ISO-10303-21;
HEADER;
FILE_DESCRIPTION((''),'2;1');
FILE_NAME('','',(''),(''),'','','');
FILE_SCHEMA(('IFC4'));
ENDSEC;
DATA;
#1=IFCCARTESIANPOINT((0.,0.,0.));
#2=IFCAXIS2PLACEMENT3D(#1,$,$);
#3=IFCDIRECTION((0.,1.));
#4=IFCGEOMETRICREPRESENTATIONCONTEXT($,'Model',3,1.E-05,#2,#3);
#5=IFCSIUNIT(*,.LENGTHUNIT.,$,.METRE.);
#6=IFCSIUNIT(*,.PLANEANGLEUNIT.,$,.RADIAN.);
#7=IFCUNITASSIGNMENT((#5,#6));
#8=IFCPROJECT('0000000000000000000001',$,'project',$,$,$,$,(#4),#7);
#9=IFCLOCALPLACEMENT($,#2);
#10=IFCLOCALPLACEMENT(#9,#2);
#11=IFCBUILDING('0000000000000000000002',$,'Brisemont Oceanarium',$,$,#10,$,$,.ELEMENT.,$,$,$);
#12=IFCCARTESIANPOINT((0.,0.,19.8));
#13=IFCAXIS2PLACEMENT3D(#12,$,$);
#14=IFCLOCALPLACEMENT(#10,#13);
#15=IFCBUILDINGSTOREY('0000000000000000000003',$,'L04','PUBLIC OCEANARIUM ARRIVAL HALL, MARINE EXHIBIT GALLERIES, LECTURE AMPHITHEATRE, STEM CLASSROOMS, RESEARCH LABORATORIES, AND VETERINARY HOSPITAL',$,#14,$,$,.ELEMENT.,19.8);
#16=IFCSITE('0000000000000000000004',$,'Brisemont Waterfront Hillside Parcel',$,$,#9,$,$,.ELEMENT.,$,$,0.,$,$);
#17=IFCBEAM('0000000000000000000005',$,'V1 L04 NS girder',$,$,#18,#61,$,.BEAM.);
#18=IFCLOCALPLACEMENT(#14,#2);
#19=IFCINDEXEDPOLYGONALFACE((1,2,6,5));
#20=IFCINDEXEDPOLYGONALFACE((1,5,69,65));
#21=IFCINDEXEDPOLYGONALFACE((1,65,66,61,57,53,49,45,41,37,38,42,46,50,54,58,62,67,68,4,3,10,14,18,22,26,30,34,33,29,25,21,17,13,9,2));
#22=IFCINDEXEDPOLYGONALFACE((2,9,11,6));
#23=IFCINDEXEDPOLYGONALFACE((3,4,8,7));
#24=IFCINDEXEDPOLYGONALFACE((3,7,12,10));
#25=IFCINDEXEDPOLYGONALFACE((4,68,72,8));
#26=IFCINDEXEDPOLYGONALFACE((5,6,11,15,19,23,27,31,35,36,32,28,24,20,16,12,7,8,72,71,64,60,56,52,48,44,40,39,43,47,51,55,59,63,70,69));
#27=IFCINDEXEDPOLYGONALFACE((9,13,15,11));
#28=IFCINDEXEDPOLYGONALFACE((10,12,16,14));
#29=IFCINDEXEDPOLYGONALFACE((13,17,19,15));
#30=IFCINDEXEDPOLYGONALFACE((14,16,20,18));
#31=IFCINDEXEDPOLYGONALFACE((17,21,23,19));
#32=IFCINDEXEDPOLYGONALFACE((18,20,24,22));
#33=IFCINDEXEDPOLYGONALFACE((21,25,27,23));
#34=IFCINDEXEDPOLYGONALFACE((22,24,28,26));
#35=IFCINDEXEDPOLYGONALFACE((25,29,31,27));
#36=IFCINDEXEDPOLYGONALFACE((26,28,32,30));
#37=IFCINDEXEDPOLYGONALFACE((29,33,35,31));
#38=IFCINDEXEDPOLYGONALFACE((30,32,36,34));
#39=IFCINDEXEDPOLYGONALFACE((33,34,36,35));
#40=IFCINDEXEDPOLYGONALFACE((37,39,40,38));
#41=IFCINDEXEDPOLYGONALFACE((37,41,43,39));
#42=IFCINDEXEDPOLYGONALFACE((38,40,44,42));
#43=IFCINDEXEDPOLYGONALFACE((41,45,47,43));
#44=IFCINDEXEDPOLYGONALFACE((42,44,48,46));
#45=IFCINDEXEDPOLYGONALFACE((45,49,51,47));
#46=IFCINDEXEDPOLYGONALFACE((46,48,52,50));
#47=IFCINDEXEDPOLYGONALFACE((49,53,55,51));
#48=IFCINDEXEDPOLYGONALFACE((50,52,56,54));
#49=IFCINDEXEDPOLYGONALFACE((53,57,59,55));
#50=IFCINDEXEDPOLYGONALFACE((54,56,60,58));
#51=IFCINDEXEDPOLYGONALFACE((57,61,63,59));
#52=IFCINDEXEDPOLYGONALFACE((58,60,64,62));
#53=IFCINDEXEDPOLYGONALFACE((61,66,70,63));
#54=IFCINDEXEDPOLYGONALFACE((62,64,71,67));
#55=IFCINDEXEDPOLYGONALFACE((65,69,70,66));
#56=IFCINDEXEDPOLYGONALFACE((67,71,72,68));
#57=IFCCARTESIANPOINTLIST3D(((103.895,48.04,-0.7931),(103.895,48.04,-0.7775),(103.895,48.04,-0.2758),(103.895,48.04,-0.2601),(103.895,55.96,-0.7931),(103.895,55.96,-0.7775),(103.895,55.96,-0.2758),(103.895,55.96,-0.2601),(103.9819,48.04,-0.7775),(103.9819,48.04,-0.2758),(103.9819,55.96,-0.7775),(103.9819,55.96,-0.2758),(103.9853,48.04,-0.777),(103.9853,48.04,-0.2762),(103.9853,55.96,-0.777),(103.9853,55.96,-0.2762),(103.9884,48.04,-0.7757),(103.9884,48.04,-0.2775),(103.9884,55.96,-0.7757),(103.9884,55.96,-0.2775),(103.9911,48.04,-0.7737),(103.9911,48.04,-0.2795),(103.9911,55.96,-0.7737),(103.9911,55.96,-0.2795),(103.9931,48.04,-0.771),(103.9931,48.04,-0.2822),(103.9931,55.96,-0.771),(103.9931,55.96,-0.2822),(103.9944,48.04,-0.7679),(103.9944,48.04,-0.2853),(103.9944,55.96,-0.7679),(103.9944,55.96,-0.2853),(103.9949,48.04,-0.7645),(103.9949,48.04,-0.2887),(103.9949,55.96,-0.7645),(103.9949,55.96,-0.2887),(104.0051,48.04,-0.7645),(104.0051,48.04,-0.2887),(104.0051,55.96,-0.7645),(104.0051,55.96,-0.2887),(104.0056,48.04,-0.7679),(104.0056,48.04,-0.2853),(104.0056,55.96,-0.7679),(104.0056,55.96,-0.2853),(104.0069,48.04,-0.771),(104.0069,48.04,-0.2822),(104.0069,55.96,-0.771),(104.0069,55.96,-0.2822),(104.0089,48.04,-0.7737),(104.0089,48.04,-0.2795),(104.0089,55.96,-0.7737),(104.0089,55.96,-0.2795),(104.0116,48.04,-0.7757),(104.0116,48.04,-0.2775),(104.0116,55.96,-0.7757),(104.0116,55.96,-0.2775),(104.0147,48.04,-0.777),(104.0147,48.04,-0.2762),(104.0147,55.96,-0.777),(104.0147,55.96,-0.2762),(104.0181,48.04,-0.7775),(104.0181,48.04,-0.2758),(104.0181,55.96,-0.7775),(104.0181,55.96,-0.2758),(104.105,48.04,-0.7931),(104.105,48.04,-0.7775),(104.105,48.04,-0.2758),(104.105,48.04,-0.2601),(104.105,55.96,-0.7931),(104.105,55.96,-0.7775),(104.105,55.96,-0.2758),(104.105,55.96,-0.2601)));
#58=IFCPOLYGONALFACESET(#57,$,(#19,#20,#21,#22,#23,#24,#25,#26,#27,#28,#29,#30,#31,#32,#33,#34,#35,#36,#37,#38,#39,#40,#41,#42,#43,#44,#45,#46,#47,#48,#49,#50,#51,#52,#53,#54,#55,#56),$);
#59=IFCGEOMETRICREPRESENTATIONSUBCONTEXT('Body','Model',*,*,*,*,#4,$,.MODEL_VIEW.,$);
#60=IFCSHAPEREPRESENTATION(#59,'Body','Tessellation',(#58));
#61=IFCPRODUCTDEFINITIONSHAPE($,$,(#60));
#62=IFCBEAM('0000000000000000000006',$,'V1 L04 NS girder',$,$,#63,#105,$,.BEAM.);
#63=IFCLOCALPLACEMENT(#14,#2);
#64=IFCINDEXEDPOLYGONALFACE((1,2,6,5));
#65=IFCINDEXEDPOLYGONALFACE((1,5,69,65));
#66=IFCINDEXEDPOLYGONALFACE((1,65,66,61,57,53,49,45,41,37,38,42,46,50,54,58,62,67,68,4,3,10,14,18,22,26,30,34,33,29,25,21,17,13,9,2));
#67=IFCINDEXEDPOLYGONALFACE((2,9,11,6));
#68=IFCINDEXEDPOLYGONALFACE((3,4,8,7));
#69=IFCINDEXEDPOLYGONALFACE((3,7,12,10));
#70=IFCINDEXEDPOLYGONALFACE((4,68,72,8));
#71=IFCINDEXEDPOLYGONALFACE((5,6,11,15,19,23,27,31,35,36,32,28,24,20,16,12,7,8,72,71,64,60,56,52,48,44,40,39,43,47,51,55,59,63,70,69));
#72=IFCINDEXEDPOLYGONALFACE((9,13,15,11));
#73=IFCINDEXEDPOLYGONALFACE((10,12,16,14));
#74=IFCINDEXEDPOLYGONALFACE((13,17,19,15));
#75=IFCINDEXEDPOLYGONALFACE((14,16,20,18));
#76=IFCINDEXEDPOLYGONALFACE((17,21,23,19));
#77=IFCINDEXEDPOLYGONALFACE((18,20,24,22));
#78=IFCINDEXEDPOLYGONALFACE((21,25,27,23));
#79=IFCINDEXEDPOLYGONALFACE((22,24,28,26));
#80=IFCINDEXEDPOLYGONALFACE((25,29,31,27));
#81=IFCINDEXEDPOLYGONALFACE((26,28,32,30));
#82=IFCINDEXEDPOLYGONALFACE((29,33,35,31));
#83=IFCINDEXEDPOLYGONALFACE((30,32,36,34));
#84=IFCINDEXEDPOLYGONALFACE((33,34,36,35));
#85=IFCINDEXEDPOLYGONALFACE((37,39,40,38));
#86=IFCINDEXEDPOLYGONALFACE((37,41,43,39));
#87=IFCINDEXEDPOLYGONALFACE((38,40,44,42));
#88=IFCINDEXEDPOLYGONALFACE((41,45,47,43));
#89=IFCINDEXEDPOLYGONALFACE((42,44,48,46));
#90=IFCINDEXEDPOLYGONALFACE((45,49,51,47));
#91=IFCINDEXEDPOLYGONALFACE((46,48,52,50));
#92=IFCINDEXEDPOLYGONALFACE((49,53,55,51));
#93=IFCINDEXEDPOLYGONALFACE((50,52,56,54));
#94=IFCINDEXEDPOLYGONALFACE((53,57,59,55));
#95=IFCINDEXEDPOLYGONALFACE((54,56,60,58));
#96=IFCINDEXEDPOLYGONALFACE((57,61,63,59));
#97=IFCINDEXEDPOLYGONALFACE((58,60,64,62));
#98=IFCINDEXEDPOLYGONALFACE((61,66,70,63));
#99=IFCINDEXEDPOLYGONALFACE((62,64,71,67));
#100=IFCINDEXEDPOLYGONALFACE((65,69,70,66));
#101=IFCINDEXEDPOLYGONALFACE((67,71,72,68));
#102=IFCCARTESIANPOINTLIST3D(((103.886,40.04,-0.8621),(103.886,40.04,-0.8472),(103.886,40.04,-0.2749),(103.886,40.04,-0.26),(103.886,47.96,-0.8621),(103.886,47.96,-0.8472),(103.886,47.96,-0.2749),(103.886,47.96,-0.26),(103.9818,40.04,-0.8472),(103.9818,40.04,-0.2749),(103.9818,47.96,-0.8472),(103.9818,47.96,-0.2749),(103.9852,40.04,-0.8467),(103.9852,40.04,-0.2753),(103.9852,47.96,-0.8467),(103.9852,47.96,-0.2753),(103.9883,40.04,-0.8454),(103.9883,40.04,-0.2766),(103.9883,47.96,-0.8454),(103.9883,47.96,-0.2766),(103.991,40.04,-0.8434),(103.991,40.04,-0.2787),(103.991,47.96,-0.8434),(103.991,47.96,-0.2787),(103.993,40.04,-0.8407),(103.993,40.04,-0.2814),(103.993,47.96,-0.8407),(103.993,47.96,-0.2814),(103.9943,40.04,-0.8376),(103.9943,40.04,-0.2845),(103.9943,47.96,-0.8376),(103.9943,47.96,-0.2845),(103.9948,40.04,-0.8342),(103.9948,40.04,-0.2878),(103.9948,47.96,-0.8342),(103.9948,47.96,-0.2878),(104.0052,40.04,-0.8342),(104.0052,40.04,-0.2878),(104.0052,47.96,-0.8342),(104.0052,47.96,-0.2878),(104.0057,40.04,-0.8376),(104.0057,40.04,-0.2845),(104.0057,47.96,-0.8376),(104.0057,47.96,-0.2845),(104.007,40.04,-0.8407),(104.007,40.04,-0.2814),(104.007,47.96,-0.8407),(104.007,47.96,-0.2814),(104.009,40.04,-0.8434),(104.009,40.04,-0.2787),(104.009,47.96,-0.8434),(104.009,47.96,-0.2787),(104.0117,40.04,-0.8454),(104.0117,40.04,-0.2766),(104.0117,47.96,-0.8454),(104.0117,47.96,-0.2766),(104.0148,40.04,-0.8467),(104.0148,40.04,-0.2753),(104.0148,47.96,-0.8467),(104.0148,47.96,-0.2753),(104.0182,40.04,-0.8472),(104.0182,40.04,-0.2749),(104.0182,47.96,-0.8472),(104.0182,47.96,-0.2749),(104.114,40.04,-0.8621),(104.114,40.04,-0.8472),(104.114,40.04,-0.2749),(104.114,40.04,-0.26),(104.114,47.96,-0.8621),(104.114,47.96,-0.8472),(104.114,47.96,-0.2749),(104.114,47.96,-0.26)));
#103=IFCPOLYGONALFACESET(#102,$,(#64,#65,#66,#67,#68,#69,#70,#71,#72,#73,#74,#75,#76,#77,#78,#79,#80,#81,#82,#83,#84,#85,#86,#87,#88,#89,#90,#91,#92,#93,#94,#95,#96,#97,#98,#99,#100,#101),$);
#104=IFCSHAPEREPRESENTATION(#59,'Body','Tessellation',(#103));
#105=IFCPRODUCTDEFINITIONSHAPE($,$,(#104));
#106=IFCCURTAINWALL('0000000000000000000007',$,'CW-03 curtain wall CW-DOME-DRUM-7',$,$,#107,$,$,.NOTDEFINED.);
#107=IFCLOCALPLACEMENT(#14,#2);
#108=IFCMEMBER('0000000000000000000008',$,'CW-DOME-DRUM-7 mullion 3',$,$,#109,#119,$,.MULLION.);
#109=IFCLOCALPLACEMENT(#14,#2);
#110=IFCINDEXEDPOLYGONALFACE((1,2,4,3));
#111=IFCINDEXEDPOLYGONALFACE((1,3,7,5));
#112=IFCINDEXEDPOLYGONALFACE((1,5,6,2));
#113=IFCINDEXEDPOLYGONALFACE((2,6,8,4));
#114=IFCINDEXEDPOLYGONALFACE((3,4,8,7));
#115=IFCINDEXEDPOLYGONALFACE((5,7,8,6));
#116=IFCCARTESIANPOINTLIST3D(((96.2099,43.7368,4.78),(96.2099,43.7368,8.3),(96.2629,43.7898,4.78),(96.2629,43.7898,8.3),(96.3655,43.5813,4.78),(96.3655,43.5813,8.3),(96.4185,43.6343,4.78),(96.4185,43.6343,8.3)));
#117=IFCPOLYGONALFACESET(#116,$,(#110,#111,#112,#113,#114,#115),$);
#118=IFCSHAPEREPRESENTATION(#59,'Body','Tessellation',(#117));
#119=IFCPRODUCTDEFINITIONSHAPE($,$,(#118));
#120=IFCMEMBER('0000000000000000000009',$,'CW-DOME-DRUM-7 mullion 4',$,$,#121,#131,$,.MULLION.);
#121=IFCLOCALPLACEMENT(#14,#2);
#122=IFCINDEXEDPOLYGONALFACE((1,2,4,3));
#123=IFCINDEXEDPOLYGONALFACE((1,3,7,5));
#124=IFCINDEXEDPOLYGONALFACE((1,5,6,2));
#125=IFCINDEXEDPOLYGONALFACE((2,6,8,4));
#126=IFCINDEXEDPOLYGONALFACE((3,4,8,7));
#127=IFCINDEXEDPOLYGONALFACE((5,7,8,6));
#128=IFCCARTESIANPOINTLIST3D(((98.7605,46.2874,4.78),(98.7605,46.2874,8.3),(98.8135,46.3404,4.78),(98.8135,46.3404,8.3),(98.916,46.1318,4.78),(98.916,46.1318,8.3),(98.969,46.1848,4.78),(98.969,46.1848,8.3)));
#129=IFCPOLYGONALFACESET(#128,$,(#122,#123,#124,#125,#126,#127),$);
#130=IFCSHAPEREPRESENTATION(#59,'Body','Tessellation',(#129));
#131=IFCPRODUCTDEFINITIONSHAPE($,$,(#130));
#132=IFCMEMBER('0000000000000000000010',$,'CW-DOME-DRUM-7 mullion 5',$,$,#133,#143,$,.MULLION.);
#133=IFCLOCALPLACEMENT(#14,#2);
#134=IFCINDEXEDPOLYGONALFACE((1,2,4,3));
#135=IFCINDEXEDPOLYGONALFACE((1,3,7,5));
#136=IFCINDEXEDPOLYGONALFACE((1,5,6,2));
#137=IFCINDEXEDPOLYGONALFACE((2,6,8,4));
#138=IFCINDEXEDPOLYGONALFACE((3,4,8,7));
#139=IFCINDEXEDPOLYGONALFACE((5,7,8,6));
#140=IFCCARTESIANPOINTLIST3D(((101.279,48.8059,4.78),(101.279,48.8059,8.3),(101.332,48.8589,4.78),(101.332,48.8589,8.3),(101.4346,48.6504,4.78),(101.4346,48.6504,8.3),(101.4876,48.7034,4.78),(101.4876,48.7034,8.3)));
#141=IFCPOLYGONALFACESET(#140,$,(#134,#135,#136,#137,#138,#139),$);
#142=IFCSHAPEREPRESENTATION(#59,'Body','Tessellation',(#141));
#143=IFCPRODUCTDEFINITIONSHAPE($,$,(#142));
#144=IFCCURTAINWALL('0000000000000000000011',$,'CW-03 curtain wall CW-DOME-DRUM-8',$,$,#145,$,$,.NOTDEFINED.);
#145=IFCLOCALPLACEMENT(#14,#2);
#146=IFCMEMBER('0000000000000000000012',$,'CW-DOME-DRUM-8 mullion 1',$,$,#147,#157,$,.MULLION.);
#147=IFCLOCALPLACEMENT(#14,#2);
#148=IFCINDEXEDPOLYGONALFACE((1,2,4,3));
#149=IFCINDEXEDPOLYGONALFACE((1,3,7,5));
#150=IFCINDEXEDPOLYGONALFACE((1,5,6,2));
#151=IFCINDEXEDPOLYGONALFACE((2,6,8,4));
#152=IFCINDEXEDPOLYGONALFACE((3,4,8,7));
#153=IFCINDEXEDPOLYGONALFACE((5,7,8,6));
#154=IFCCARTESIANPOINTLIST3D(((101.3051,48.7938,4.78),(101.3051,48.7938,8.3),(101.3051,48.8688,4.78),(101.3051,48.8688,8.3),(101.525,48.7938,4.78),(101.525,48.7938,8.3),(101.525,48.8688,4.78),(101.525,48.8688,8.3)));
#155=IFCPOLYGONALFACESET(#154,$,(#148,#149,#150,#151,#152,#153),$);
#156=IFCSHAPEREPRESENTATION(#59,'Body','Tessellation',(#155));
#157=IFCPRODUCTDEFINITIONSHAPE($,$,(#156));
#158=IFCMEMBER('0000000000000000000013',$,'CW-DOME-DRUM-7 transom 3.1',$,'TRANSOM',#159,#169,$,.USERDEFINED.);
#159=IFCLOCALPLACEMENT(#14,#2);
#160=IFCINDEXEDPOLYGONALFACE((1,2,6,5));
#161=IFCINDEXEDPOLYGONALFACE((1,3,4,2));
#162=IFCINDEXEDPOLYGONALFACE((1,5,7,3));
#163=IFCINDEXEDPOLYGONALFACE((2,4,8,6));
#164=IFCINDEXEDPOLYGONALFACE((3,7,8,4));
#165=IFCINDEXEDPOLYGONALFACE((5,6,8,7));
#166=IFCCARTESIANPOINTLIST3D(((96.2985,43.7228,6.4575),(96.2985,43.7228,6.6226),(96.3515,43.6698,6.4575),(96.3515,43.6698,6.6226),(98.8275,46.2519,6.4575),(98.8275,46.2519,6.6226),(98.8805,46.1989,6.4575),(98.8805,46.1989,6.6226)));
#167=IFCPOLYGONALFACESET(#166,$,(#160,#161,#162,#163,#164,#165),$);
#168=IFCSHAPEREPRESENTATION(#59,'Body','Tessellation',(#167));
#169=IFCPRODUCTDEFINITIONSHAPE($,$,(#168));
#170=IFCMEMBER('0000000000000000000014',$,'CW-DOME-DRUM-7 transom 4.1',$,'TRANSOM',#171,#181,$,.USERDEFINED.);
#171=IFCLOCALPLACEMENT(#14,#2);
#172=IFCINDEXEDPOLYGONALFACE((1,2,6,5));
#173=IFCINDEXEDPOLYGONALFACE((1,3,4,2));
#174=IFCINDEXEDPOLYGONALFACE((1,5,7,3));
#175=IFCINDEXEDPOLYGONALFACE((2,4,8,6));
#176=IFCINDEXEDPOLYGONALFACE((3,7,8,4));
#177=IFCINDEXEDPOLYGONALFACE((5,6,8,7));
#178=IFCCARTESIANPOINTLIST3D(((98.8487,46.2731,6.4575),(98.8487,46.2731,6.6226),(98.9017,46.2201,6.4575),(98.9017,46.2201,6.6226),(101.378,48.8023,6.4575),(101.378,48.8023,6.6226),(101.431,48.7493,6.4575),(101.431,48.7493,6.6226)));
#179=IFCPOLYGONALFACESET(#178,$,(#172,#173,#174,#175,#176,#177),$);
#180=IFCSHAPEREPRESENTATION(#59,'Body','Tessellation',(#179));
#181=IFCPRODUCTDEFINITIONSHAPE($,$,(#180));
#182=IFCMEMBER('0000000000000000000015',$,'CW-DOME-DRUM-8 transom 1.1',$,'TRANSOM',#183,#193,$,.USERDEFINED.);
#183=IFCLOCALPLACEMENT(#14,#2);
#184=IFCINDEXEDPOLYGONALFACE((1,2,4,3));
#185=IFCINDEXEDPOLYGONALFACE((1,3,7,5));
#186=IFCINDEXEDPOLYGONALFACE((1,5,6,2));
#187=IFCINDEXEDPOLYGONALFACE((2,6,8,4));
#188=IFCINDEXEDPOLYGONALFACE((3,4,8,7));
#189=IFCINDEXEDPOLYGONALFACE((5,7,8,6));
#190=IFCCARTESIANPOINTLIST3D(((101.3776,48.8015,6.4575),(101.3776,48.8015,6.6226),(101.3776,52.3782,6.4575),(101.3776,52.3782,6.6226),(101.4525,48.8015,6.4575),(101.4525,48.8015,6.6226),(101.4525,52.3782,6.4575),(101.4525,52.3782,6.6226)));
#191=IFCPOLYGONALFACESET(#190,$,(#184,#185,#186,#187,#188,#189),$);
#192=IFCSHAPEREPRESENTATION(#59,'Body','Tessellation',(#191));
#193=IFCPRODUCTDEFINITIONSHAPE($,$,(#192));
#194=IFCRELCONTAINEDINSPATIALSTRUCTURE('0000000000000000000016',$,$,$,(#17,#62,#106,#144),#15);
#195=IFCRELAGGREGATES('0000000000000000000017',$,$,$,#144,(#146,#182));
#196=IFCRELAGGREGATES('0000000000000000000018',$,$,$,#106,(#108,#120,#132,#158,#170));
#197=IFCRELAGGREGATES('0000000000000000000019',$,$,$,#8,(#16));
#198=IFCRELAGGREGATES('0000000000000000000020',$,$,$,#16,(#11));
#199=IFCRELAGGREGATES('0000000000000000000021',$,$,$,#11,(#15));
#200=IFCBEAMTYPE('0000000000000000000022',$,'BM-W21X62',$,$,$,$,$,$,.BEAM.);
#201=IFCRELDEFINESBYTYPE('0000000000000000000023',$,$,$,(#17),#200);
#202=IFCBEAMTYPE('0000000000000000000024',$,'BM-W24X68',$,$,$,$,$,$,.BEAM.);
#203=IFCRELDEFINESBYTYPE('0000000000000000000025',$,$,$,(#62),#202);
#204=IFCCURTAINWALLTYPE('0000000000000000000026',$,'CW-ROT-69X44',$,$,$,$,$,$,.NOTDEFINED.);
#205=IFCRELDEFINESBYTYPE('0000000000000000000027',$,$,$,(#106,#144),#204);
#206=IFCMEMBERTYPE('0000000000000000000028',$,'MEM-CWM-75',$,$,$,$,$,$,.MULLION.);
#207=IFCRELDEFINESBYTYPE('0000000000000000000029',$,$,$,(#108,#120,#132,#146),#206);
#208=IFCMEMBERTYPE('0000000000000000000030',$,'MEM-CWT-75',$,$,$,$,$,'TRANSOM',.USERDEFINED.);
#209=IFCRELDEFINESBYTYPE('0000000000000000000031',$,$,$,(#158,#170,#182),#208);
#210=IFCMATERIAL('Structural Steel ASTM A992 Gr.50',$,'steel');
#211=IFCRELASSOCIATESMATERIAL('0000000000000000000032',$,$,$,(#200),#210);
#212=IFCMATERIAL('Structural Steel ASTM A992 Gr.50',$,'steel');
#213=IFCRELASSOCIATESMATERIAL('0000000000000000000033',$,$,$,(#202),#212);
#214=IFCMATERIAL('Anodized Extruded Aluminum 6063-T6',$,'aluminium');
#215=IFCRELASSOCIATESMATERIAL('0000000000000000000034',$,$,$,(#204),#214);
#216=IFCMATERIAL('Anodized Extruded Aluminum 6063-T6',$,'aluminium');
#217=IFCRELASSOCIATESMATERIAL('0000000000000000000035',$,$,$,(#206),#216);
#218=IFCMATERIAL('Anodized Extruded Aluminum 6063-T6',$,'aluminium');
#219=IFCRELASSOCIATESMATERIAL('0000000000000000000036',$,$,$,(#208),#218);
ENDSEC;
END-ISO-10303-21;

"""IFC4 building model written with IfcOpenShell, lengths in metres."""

from ifc_helpers import new_model, si_unit, direction, frame, origin, origin_2d, place, context, subcontext, project, spatial, rectangle, i_section, extrude, material, material_profile, profile_set, type_object, element, aggregate, save


model = new_model("IFC4")

# Units and contexts
model_context = context("Model", 3, precision=1e-05, world=origin(), true_north=direction((0.0, 1.0)))
body_context = subcontext(model_context, "Body", "Model", "MODEL_VIEW")
ifc_project = project(units=[si_unit("LENGTHUNIT", "METRE"), si_unit("PLANEANGLEUNIT", "RADIAN")], contexts=[model_context])

# Site, building, storey
site_placement = place(None, origin())
site = spatial("IfcSite", under=ifc_project, at=site_placement, Name="Brisemont Waterfront Hillside Parcel", CompositionType="ELEMENT", RefElevation=0.0)
building_placement = place(site_placement, origin())
building = spatial("IfcBuilding", under=site, at=building_placement, Name="Brisemont Oceanarium", CompositionType="ELEMENT")
storey_placement = place(building_placement, frame((0.0, 0.0, 19.8)))
storey = spatial("IfcBuildingStorey", under=building, at=storey_placement, Name="L04", Description="PUBLIC OCEANARIUM ARRIVAL HALL, MARINE EXHIBIT GALLERIES, LECTURE AMPHITHEATRE, STEM CLASSROOMS, RESEARCH LABORATORIES, AND VETERINARY HOSPITAL", CompositionType="ELEMENT", Elevation=19.8)

# Beams
ifc_material_1 = material(Name="Structural Steel ASTM A992 Gr.50", Category="steel")
ifc_material_profile_1 = material_profile(ifc_material_1, i_section(OverallWidth=0.21, OverallDepth=0.533, WebThickness=0.0103, FlangeThickness=0.0156, FilletRadius=0.0129, at=origin_2d()), Name="W21X62")
ifc_profile_set_1 = profile_set([ifc_material_profile_1], Name="Structural Steel ASTM A992 Gr.50")
beam_type_1 = type_object("IfcBeamType", Name="BM-W21X62", PredefinedType="BEAM", material=ifc_profile_set_1)
beam_1_placement = place(storey_placement, frame((104.0, 48.04, -0.5266), z_axis=(0.0, 1.0, 0.0), x_axis=(-1.0, 0.0, 0.0)))
element("IfcBeam", 1, at=beam_1_placement, inside=storey, type_object=beam_type_1, Name="V1 L04 NS girder", PredefinedType="BEAM", context=body_context, shape_type="SweptSolid", body=[
    extrude(i_section(OverallWidth=0.21, OverallDepth=0.533, WebThickness=0.0103, FlangeThickness=0.0156, FilletRadius=0.0129, at=origin_2d()), origin(), (0.0, 0.0, 1.0), 7.9199),
])
ifc_material_2 = material(Name="Structural Steel ASTM A992 Gr.50", Category="steel")
ifc_material_profile_2 = material_profile(ifc_material_2, i_section(OverallWidth=0.228, OverallDepth=0.6021, WebThickness=0.0105, FlangeThickness=0.0149, FilletRadius=0.0129, at=origin_2d()), Name="W24X68")
ifc_profile_set_2 = profile_set([ifc_material_profile_2], Name="Structural Steel ASTM A992 Gr.50")
beam_type_2 = type_object("IfcBeamType", Name="BM-W24X68", PredefinedType="BEAM", material=ifc_profile_set_2)
beam_2_placement = place(storey_placement, frame((104.0, 40.04, -0.561), z_axis=(0.0, 1.0, 0.0), x_axis=(-1.0, 0.0, 0.0)))
element("IfcBeam", 2, at=beam_2_placement, inside=storey, type_object=beam_type_2, Name="V1 L04 NS girder", PredefinedType="BEAM", context=body_context, shape_type="SweptSolid", body=[
    extrude(i_section(OverallWidth=0.228, OverallDepth=0.6021, WebThickness=0.0105, FlangeThickness=0.0149, FilletRadius=0.0129, at=origin_2d()), origin(), (0.0, 0.0, 1.0), 7.9199),
])

# Curtain wall, members
ifc_material_3 = material(Name="Anodized Extruded Aluminum 6063-T6", Category="aluminium")
curtain_wall_type = type_object("IfcCurtainWallType", Name="CW-ROT-69X44", PredefinedType="NOTDEFINED", material=ifc_material_3)
curtain_wall_1_placement = place(storey_placement, origin())
curtain_wall_1 = element("IfcCurtainWall", 3, at=curtain_wall_1_placement, inside=storey, type_object=curtain_wall_type, Name="CW-03 curtain wall CW-DOME-DRUM-7", PredefinedType="NOTDEFINED")
ifc_material_4 = material(Name="Anodized Extruded Aluminum 6063-T6", Category="aluminium")
ifc_material_profile_3 = material_profile(ifc_material_4, rectangle(XDim=0.075, YDim=0.22, at=origin_2d()), Name="CWM-75X220")
ifc_profile_set_3 = profile_set([ifc_material_profile_3], Name="Anodized Extruded Aluminum 6063-T6")
member_type_1 = type_object("IfcMemberType", Name="MEM-CWM-75", PredefinedType="MULLION", material=ifc_profile_set_3)
member_1_placement = place(storey_placement, frame((96.3142, 43.6855, 4.78), z_axis=(0.0, 0.0, 1.0), x_axis=(0.707107, 0.707107, 0.0)))
member_1 = element("IfcMember", 4, at=member_1_placement, type_object=member_type_1, Name="CW-DOME-DRUM-7 mullion 3", PredefinedType="MULLION", context=body_context, shape_type="SweptSolid", body=[
    extrude(rectangle(XDim=0.075, YDim=0.22, at=origin_2d()), origin(), (0.0, 0.0, 1.0), 3.52),
])
member_2_placement = place(storey_placement, frame((98.8647, 46.2361, 4.78), z_axis=(0.0, 0.0, 1.0), x_axis=(0.707107, 0.707107, 0.0)))
member_2 = element("IfcMember", 5, at=member_2_placement, type_object=member_type_1, Name="CW-DOME-DRUM-7 mullion 4", PredefinedType="MULLION", context=body_context, shape_type="SweptSolid", body=[
    extrude(rectangle(XDim=0.075, YDim=0.22, at=origin_2d()), origin(), (0.0, 0.0, 1.0), 3.52),
])
member_3_placement = place(storey_placement, frame((101.3833, 48.7546, 4.78), z_axis=(0.0, 0.0, 1.0), x_axis=(0.707107, 0.707107, 0.0)))
member_3 = element("IfcMember", 6, at=member_3_placement, type_object=member_type_1, Name="CW-DOME-DRUM-7 mullion 5", PredefinedType="MULLION", context=body_context, shape_type="SweptSolid", body=[
    extrude(rectangle(XDim=0.075, YDim=0.22, at=origin_2d()), origin(), (0.0, 0.0, 1.0), 3.52),
])

# Curtain wall, member
curtain_wall_2_placement = place(storey_placement, origin())
curtain_wall_2 = element("IfcCurtainWall", 7, at=curtain_wall_2_placement, inside=storey, type_object=curtain_wall_type, Name="CW-03 curtain wall CW-DOME-DRUM-8", PredefinedType="NOTDEFINED")
member_4_placement = place(storey_placement, frame((101.415, 48.8313, 4.78), z_axis=(0.0, 0.0, 1.0), x_axis=(0.0, 1.0, 0.0)))
member_4 = element("IfcMember", 8, at=member_4_placement, type_object=member_type_1, Name="CW-DOME-DRUM-8 mullion 1", PredefinedType="MULLION", context=body_context, shape_type="SweptSolid", body=[
    extrude(rectangle(XDim=0.075, YDim=0.22, at=origin_2d()), origin(), (0.0, 0.0, 1.0), 3.52),
])

# Members
ifc_material_5 = material(Name="Anodized Extruded Aluminum 6063-T6", Category="aluminium")
ifc_material_profile_4 = material_profile(ifc_material_5, rectangle(XDim=0.075, YDim=0.165, at=origin_2d()), Name="CWT-75X165")
ifc_profile_set_4 = profile_set([ifc_material_profile_4], Name="Anodized Extruded Aluminum 6063-T6")
member_type_2 = type_object("IfcMemberType", Name="MEM-CWT-75", ElementType="TRANSOM", PredefinedType="USERDEFINED", material=ifc_profile_set_4)
member_5_placement = place(storey_placement, frame((96.325, 43.6963, 6.54), z_axis=(0.707107, 0.707107, 0.0), x_axis=(-0.707107, 0.707107, 0.0)))
member_5 = element("IfcMember", 9, at=member_5_placement, type_object=member_type_2, Name="CW-DOME-DRUM-7 transom 3.1", ObjectType="TRANSOM", PredefinedType="USERDEFINED", context=body_context, shape_type="SweptSolid", body=[
    extrude(rectangle(XDim=0.075, YDim=0.165, at=origin_2d()), origin(), (0.0, 0.0, 1.0), 3.5767),
])
member_6_placement = place(storey_placement, frame((98.8752, 46.2466, 6.54), z_axis=(0.707107, 0.707107, 0.0), x_axis=(-0.707107, 0.707107, 0.0)))
member_6 = element("IfcMember", 10, at=member_6_placement, type_object=member_type_2, Name="CW-DOME-DRUM-7 transom 4.1", ObjectType="TRANSOM", PredefinedType="USERDEFINED", context=body_context, shape_type="SweptSolid", body=[
    extrude(rectangle(XDim=0.075, YDim=0.165, at=origin_2d()), origin(), (0.0, 0.0, 1.0), 3.5769),
])
member_7_placement = place(storey_placement, frame((101.415, 48.8015, 6.54), z_axis=(0.0, 1.0, 0.0), x_axis=(-1.0, 0.0, 0.0)))
member_7 = element("IfcMember", 11, at=member_7_placement, type_object=member_type_2, Name="CW-DOME-DRUM-8 transom 1.1", ObjectType="TRANSOM", PredefinedType="USERDEFINED", context=body_context, shape_type="SweptSolid", body=[
    extrude(rectangle(XDim=0.075, YDim=0.165, at=origin_2d()), origin(), (0.0, 0.0, 1.0), 3.5767),
])
aggregate(curtain_wall_2, [member_4, member_7])

aggregate(curtain_wall_1, [member_1, member_2, member_3, member_5, member_6])

save(model, "model.ifc")
